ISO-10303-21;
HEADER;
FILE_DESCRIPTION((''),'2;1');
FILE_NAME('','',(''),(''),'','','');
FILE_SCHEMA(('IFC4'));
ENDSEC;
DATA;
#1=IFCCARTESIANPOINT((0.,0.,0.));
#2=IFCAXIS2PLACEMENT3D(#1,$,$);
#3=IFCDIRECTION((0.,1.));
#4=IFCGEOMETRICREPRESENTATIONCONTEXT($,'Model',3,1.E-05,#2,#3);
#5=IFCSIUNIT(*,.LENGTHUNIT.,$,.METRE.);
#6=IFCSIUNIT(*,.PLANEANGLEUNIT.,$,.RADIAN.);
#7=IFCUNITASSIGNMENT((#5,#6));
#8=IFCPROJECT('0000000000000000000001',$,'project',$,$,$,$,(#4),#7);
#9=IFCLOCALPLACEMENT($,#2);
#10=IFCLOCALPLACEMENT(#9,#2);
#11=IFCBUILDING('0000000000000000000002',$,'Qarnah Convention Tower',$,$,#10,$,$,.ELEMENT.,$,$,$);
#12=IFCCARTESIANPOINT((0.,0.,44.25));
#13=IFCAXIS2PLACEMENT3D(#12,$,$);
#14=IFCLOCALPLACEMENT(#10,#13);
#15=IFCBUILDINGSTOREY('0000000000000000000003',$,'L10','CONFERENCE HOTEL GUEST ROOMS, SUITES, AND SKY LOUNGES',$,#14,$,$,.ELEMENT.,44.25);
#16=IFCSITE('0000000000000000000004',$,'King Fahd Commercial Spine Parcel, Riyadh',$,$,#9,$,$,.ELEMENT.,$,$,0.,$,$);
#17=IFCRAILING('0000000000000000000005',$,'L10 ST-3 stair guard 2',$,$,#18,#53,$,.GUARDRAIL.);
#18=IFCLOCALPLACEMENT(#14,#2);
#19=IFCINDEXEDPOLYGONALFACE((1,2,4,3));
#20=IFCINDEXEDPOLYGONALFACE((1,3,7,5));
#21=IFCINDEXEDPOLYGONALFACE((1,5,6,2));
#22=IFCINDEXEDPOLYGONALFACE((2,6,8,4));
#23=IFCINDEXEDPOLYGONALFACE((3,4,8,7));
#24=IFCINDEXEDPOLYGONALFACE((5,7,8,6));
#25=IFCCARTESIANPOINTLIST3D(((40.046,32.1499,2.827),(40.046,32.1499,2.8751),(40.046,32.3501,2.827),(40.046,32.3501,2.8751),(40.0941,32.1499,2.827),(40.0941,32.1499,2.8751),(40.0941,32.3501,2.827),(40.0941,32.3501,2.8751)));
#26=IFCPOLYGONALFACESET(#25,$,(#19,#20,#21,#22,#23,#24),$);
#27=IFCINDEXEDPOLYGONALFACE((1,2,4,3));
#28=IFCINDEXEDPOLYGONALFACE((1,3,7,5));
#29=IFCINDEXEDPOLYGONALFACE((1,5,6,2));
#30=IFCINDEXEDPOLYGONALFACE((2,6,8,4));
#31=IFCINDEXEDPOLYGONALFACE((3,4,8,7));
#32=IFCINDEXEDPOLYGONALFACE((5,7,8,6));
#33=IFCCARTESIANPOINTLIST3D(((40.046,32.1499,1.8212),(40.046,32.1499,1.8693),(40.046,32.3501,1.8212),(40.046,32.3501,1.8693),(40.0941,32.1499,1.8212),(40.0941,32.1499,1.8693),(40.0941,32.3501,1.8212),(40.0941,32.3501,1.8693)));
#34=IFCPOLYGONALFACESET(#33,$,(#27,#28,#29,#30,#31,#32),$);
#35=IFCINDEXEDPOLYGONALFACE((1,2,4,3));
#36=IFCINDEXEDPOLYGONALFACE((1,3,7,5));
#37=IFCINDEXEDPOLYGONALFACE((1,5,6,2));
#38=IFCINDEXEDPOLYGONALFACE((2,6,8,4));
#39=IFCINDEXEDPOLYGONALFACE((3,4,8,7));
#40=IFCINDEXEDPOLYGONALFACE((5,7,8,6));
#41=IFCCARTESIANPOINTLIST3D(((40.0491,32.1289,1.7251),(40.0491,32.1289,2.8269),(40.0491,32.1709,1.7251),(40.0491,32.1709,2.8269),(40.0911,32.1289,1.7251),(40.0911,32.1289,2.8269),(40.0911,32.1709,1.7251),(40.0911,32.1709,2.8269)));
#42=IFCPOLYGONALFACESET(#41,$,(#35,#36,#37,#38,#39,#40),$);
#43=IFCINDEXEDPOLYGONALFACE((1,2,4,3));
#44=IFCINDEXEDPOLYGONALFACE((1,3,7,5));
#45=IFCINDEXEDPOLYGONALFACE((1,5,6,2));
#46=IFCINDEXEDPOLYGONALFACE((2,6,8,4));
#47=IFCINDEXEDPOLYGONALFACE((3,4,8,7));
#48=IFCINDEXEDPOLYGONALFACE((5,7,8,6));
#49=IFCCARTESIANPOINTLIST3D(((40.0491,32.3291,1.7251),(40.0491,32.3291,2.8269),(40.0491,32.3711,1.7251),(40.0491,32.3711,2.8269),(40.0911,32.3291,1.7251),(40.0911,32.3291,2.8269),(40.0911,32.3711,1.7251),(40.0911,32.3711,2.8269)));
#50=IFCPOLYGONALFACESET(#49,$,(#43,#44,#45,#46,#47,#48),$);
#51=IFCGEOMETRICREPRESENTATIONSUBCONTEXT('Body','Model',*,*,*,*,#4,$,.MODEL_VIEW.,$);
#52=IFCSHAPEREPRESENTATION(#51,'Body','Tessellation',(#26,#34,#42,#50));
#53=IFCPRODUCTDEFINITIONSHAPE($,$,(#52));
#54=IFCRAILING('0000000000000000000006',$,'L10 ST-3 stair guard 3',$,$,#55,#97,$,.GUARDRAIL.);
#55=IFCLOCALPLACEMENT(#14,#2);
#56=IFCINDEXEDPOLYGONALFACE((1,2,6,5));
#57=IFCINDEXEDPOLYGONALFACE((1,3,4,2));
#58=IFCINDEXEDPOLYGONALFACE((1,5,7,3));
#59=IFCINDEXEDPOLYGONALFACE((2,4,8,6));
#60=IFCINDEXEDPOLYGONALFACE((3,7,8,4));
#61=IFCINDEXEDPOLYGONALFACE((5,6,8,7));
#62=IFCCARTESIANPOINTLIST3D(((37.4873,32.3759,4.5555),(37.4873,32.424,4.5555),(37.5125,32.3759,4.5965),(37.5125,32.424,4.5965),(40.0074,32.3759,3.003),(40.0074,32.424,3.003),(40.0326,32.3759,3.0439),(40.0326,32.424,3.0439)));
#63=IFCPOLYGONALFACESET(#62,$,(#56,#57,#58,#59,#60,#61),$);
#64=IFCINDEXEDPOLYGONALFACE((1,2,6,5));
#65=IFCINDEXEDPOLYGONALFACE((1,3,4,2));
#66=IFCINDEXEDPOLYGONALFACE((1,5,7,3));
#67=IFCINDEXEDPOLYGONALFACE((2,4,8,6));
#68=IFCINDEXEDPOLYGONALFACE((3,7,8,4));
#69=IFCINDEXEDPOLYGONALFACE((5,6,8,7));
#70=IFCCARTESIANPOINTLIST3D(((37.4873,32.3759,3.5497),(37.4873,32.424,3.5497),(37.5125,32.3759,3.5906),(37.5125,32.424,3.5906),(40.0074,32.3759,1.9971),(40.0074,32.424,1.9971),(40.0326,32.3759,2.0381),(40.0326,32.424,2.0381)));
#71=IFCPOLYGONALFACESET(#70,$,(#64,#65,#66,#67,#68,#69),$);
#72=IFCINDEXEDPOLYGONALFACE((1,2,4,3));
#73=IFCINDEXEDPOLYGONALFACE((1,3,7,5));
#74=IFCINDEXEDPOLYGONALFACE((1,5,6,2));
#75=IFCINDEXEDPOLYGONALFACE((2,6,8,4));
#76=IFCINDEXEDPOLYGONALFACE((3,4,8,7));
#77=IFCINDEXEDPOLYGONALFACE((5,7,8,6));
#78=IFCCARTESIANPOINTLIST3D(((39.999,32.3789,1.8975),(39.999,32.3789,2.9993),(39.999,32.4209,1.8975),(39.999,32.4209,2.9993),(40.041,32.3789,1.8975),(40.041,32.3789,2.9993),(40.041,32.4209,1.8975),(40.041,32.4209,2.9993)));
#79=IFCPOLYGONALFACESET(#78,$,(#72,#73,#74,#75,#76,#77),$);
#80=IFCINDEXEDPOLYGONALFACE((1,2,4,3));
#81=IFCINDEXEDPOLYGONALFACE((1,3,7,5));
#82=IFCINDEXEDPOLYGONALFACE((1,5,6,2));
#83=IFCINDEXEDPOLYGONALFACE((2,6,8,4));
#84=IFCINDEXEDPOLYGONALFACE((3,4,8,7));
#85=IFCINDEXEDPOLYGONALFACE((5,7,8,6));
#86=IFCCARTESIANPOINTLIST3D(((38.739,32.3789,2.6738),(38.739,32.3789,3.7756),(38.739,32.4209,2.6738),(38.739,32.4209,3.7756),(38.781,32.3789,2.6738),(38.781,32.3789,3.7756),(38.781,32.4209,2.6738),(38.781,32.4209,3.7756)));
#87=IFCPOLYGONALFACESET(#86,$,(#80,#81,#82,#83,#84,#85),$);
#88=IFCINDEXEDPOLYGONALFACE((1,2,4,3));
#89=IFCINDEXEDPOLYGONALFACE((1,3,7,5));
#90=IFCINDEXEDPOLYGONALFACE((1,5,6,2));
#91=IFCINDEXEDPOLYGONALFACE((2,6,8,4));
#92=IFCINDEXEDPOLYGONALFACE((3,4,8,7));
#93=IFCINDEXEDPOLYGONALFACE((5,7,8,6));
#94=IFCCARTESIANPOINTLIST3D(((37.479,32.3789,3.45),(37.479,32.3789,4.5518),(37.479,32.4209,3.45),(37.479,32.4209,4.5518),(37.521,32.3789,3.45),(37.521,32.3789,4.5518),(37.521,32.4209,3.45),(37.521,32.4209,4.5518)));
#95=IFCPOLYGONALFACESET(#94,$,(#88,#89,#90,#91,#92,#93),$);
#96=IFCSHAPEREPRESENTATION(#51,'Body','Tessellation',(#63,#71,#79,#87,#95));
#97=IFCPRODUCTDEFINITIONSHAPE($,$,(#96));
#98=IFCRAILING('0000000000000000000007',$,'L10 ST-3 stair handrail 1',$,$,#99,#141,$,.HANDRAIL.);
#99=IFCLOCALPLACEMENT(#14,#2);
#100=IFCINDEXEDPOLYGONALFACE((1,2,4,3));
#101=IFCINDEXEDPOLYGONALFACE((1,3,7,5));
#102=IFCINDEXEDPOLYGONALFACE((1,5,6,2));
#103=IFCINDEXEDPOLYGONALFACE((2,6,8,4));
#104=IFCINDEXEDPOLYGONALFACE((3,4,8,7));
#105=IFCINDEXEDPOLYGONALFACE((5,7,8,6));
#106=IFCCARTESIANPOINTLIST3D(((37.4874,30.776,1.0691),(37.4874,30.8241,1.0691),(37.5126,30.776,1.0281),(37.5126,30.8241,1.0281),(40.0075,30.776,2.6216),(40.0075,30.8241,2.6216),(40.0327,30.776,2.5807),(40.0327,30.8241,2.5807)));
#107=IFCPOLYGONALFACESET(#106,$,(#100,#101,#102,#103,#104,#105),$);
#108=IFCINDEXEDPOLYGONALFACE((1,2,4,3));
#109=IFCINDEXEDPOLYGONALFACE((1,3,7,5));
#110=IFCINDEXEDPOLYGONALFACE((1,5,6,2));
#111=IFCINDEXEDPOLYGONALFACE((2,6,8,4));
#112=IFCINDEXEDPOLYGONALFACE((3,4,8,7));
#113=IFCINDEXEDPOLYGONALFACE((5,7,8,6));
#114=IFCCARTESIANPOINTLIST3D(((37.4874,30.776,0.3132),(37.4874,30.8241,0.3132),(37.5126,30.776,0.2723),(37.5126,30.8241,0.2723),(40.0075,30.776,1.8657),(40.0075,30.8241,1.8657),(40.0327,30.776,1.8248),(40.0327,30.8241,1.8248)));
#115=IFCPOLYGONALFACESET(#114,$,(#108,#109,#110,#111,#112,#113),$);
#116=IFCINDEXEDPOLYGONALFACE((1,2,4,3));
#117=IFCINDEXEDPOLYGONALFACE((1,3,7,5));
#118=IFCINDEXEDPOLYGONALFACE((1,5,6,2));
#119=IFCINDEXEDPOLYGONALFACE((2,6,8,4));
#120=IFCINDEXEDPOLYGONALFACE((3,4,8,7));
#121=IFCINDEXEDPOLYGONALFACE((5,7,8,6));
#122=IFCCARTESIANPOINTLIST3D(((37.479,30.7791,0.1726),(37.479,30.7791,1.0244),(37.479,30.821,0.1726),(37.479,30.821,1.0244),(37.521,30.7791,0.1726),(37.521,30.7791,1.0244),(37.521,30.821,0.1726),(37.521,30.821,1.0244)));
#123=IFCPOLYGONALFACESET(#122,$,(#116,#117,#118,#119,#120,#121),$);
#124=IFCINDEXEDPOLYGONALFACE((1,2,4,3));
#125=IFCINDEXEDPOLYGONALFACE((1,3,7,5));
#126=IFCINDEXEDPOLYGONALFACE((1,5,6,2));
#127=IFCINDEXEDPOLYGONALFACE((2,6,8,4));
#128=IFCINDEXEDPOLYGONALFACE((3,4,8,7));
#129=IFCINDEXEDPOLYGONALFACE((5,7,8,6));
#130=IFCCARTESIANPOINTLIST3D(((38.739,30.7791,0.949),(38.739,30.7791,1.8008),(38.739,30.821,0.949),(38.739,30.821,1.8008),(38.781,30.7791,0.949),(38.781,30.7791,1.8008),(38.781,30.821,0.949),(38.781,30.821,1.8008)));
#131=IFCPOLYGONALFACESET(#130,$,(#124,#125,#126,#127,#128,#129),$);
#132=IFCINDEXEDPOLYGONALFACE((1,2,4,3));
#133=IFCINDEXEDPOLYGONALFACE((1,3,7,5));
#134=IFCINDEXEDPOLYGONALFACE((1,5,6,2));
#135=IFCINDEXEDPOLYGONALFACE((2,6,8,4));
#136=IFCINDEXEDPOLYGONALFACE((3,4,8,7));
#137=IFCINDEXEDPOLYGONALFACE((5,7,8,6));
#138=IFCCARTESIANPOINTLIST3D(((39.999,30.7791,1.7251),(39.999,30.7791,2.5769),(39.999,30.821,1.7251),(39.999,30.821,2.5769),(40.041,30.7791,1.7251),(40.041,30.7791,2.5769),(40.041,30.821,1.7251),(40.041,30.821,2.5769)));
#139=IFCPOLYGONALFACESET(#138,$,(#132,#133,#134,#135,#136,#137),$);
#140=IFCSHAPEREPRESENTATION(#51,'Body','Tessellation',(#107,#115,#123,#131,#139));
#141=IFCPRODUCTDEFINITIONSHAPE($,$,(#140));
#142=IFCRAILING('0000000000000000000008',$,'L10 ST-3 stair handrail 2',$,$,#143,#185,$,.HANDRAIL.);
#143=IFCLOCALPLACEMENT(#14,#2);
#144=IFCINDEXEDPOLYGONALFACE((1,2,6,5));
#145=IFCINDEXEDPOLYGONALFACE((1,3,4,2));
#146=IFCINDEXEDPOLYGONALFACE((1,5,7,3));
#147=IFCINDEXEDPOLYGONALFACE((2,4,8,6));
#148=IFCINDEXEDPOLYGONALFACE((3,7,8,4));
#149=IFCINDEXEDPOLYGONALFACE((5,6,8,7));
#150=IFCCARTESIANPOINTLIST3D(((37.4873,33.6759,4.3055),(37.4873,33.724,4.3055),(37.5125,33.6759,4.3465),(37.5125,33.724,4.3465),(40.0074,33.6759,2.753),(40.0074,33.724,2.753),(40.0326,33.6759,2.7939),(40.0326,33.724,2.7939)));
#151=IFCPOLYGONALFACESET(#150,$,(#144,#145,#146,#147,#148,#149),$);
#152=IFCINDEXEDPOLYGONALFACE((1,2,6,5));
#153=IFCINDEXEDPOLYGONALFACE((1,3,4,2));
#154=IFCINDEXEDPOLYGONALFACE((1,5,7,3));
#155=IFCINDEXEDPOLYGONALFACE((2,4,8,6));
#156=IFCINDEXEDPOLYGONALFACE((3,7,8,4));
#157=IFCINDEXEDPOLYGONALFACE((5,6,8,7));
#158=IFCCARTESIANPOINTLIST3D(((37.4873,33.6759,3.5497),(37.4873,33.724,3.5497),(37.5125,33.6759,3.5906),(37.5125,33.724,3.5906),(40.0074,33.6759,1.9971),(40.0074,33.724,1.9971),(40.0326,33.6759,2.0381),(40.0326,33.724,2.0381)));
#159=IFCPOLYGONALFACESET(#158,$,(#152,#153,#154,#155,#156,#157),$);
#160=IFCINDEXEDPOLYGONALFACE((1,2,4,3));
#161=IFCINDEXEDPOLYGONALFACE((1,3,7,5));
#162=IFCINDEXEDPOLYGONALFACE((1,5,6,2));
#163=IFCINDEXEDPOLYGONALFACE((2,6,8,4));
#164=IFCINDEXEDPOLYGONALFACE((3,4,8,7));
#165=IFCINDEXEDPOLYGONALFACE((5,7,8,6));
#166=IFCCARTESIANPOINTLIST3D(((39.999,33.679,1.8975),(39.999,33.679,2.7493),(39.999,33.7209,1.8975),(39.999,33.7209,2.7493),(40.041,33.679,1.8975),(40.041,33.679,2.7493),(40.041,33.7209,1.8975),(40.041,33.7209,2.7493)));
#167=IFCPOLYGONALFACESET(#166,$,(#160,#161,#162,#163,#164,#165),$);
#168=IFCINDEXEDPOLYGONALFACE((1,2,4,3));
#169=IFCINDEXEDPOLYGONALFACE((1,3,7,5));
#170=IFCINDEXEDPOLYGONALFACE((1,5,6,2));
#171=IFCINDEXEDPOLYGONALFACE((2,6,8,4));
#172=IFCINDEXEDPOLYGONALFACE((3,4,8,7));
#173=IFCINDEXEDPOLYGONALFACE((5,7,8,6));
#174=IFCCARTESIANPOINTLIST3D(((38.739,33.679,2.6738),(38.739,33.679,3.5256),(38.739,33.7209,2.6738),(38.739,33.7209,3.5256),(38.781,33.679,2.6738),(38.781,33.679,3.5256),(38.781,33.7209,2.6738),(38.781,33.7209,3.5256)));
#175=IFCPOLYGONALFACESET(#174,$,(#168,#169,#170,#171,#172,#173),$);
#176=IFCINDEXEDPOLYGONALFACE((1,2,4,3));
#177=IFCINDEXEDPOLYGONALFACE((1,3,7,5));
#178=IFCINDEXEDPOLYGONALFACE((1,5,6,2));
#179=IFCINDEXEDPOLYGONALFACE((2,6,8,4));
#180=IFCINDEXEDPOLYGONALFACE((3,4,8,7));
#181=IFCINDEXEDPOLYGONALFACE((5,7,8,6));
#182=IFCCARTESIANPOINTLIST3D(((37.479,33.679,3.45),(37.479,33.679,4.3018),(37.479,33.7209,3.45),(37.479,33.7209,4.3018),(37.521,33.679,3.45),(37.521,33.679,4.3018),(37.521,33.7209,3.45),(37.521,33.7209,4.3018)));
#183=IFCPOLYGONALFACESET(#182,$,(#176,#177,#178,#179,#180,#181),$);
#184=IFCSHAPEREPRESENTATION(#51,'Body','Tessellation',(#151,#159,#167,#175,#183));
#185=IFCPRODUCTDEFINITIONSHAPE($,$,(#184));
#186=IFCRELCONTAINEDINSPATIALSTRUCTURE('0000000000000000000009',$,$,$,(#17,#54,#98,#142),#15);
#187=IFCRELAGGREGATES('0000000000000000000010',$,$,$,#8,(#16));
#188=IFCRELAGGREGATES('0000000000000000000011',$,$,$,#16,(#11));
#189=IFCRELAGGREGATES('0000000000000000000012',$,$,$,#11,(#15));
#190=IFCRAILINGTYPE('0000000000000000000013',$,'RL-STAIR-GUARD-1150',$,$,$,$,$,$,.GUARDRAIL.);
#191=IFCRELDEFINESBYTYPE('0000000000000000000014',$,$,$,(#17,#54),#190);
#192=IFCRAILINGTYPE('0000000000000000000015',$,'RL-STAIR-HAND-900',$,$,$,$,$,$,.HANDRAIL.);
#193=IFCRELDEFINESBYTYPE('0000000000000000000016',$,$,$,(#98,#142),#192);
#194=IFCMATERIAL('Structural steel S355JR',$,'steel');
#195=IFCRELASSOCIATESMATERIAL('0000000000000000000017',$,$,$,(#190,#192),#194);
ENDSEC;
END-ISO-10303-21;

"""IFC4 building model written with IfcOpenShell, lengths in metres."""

from ifc_helpers import new_model, si_unit, direction, frame, origin, origin_2d, place, context, subcontext, project, spatial, rectangle, extrude, material, type_object, element, save


model = new_model("IFC4")

# Units and contexts
model_context = context("Model", 3, precision=1e-05, world=origin(), true_north=direction((0.0, 1.0)))
body_context = subcontext(model_context, "Body", "Model", "MODEL_VIEW")
ifc_project = project(units=[si_unit("LENGTHUNIT", "METRE"), si_unit("PLANEANGLEUNIT", "RADIAN")], contexts=[model_context])

# Site, building, storey
site_placement = place(None, origin())
site = spatial("IfcSite", under=ifc_project, at=site_placement, Name="King Fahd Commercial Spine Parcel, Riyadh", CompositionType="ELEMENT", RefElevation=0.0)
building_placement = place(site_placement, origin())
building = spatial("IfcBuilding", under=site, at=building_placement, Name="Qarnah Convention Tower", CompositionType="ELEMENT")
storey_placement = place(building_placement, frame((0.0, 0.0, 44.25)))
storey = spatial("IfcBuildingStorey", under=building, at=storey_placement, Name="L10", Description="CONFERENCE HOTEL GUEST ROOMS, SUITES, AND SKY LOUNGES", CompositionType="ELEMENT", Elevation=44.25)

# Shared definitions
ifc_material_1 = material(Name="Structural steel S355JR", Category="steel")

# Railings
railing_type_1 = type_object("IfcRailingType", Name="RL-STAIR-GUARD-1150", PredefinedType="GUARDRAIL", material=ifc_material_1)
railing_1_placement = place(storey_placement, frame((40.0701, 32.1499, 1.7251)))
element("IfcRailing", 1, at=railing_1_placement, inside=storey, type_object=railing_type_1, Name="L10 ST-3 stair guard 2", PredefinedType="GUARDRAIL", context=body_context, shape_type="SweptSolid", body=[
    extrude(rectangle(XDim=0.0481, YDim=0.0481, at=origin_2d()), frame((0.0, 0.0, 1.126), z_axis=(0.0, 1.0, 0.0), x_axis=(-1.0, 0.0, 0.0)), (0.0, 0.0, 1.0), 0.2002),
    extrude(rectangle(XDim=0.0481, YDim=0.0481, at=origin_2d()), frame((0.0, 0.0, 0.1201), z_axis=(0.0, 1.0, 0.0), x_axis=(-1.0, 0.0, 0.0)), (0.0, 0.0, 1.0), 0.2002),
    extrude(rectangle(XDim=0.042, YDim=0.042, at=origin_2d()), origin(), (0.0, 0.0, 1.0), 1.1018),
    extrude(rectangle(XDim=0.042, YDim=0.042, at=origin_2d()), frame((0.0, 0.2002, 0.0)), (0.0, 0.0, 1.0), 1.1018),
])
railing_2_placement = place(storey_placement, frame((40.02, 32.3999, 1.8975)))
element("IfcRailing", 2, at=railing_2_placement, inside=storey, type_object=railing_type_1, Name="L10 ST-3 stair guard 3", PredefinedType="GUARDRAIL", context=body_context, shape_type="SweptSolid", body=[
    extrude(rectangle(XDim=0.0481, YDim=0.0481, at=origin_2d()), frame((0.0, 0.0, 1.126), z_axis=(-0.8514, 0.0, 0.524516), x_axis=(0.0, -1.0, 0.0)), (0.0, 0.0, 1.0), 2.96),
    extrude(rectangle(XDim=0.0481, YDim=0.0481, at=origin_2d()), frame((0.0, 0.0, 0.1201), z_axis=(-0.8514, 0.0, 0.524516), x_axis=(0.0, -1.0, 0.0)), (0.0, 0.0, 1.0), 2.96),
    extrude(rectangle(XDim=0.042, YDim=0.042, at=origin_2d()), origin(), (0.0, 0.0, 1.0), 1.1018),
    extrude(rectangle(XDim=0.042, YDim=0.042, at=origin_2d()), frame((-1.26, 0.0, 0.7764)), (0.0, 0.0, 1.0), 1.1018),
    extrude(rectangle(XDim=0.042, YDim=0.042, at=origin_2d()), frame((-2.52, 0.0, 1.5525)), (0.0, 0.0, 1.0), 1.1018),
])
railing_type_2 = type_object("IfcRailingType", Name="RL-STAIR-HAND-900", PredefinedType="HANDRAIL", material=ifc_material_1)
railing_3_placement = place(storey_placement, frame((37.5, 30.8, 0.1726)))
element("IfcRailing", 3, at=railing_3_placement, inside=storey, type_object=railing_type_2, Name="L10 ST-3 stair handrail 1", PredefinedType="HANDRAIL", context=body_context, shape_type="SweptSolid", body=[
    extrude(rectangle(XDim=0.0481, YDim=0.0481, at=origin_2d()), frame((0.0, 0.0, 0.876), z_axis=(0.8514, 0.0, 0.524516), x_axis=(0.0, 1.0, 0.0)), (0.0, 0.0, 1.0), 2.96),
    extrude(rectangle(XDim=0.0481, YDim=0.0481, at=origin_2d()), frame((0.0, 0.0, 0.1201), z_axis=(0.8514, 0.0, 0.524516), x_axis=(0.0, 1.0, 0.0)), (0.0, 0.0, 1.0), 2.96),
    extrude(rectangle(XDim=0.042, YDim=0.042, at=origin_2d()), origin(), (0.0, 0.0, 1.0), 0.8518),
    extrude(rectangle(XDim=0.042, YDim=0.042, at=origin_2d()), frame((1.26, 0.0, 0.7764)), (0.0, 0.0, 1.0), 0.8518),
    extrude(rectangle(XDim=0.042, YDim=0.042, at=origin_2d()), frame((2.52, 0.0, 1.5525)), (0.0, 0.0, 1.0), 0.8518),
])
railing_4_placement = place(storey_placement, frame((40.02, 33.7, 1.8975)))
element("IfcRailing", 4, at=railing_4_placement, inside=storey, type_object=railing_type_2, Name="L10 ST-3 stair handrail 2", PredefinedType="HANDRAIL", context=body_context, shape_type="SweptSolid", body=[
    extrude(rectangle(XDim=0.0481, YDim=0.0481, at=origin_2d()), frame((0.0, 0.0, 0.876), z_axis=(-0.8514, 0.0, 0.524516), x_axis=(0.0, -1.0, 0.0)), (0.0, 0.0, 1.0), 2.96),
    extrude(rectangle(XDim=0.0481, YDim=0.0481, at=origin_2d()), frame((0.0, 0.0, 0.1201), z_axis=(-0.8514, 0.0, 0.524516), x_axis=(0.0, -1.0, 0.0)), (0.0, 0.0, 1.0), 2.96),
    extrude(rectangle(XDim=0.042, YDim=0.042, at=origin_2d()), origin(), (0.0, 0.0, 1.0), 0.8518),
    extrude(rectangle(XDim=0.042, YDim=0.042, at=origin_2d()), frame((-1.26, 0.0, 0.7764)), (0.0, 0.0, 1.0), 0.8518),
    extrude(rectangle(XDim=0.042, YDim=0.042, at=origin_2d()), frame((-2.52, 0.0, 1.5525)), (0.0, 0.0, 1.0), 0.8518),
])

save(model, "model.ifc")
